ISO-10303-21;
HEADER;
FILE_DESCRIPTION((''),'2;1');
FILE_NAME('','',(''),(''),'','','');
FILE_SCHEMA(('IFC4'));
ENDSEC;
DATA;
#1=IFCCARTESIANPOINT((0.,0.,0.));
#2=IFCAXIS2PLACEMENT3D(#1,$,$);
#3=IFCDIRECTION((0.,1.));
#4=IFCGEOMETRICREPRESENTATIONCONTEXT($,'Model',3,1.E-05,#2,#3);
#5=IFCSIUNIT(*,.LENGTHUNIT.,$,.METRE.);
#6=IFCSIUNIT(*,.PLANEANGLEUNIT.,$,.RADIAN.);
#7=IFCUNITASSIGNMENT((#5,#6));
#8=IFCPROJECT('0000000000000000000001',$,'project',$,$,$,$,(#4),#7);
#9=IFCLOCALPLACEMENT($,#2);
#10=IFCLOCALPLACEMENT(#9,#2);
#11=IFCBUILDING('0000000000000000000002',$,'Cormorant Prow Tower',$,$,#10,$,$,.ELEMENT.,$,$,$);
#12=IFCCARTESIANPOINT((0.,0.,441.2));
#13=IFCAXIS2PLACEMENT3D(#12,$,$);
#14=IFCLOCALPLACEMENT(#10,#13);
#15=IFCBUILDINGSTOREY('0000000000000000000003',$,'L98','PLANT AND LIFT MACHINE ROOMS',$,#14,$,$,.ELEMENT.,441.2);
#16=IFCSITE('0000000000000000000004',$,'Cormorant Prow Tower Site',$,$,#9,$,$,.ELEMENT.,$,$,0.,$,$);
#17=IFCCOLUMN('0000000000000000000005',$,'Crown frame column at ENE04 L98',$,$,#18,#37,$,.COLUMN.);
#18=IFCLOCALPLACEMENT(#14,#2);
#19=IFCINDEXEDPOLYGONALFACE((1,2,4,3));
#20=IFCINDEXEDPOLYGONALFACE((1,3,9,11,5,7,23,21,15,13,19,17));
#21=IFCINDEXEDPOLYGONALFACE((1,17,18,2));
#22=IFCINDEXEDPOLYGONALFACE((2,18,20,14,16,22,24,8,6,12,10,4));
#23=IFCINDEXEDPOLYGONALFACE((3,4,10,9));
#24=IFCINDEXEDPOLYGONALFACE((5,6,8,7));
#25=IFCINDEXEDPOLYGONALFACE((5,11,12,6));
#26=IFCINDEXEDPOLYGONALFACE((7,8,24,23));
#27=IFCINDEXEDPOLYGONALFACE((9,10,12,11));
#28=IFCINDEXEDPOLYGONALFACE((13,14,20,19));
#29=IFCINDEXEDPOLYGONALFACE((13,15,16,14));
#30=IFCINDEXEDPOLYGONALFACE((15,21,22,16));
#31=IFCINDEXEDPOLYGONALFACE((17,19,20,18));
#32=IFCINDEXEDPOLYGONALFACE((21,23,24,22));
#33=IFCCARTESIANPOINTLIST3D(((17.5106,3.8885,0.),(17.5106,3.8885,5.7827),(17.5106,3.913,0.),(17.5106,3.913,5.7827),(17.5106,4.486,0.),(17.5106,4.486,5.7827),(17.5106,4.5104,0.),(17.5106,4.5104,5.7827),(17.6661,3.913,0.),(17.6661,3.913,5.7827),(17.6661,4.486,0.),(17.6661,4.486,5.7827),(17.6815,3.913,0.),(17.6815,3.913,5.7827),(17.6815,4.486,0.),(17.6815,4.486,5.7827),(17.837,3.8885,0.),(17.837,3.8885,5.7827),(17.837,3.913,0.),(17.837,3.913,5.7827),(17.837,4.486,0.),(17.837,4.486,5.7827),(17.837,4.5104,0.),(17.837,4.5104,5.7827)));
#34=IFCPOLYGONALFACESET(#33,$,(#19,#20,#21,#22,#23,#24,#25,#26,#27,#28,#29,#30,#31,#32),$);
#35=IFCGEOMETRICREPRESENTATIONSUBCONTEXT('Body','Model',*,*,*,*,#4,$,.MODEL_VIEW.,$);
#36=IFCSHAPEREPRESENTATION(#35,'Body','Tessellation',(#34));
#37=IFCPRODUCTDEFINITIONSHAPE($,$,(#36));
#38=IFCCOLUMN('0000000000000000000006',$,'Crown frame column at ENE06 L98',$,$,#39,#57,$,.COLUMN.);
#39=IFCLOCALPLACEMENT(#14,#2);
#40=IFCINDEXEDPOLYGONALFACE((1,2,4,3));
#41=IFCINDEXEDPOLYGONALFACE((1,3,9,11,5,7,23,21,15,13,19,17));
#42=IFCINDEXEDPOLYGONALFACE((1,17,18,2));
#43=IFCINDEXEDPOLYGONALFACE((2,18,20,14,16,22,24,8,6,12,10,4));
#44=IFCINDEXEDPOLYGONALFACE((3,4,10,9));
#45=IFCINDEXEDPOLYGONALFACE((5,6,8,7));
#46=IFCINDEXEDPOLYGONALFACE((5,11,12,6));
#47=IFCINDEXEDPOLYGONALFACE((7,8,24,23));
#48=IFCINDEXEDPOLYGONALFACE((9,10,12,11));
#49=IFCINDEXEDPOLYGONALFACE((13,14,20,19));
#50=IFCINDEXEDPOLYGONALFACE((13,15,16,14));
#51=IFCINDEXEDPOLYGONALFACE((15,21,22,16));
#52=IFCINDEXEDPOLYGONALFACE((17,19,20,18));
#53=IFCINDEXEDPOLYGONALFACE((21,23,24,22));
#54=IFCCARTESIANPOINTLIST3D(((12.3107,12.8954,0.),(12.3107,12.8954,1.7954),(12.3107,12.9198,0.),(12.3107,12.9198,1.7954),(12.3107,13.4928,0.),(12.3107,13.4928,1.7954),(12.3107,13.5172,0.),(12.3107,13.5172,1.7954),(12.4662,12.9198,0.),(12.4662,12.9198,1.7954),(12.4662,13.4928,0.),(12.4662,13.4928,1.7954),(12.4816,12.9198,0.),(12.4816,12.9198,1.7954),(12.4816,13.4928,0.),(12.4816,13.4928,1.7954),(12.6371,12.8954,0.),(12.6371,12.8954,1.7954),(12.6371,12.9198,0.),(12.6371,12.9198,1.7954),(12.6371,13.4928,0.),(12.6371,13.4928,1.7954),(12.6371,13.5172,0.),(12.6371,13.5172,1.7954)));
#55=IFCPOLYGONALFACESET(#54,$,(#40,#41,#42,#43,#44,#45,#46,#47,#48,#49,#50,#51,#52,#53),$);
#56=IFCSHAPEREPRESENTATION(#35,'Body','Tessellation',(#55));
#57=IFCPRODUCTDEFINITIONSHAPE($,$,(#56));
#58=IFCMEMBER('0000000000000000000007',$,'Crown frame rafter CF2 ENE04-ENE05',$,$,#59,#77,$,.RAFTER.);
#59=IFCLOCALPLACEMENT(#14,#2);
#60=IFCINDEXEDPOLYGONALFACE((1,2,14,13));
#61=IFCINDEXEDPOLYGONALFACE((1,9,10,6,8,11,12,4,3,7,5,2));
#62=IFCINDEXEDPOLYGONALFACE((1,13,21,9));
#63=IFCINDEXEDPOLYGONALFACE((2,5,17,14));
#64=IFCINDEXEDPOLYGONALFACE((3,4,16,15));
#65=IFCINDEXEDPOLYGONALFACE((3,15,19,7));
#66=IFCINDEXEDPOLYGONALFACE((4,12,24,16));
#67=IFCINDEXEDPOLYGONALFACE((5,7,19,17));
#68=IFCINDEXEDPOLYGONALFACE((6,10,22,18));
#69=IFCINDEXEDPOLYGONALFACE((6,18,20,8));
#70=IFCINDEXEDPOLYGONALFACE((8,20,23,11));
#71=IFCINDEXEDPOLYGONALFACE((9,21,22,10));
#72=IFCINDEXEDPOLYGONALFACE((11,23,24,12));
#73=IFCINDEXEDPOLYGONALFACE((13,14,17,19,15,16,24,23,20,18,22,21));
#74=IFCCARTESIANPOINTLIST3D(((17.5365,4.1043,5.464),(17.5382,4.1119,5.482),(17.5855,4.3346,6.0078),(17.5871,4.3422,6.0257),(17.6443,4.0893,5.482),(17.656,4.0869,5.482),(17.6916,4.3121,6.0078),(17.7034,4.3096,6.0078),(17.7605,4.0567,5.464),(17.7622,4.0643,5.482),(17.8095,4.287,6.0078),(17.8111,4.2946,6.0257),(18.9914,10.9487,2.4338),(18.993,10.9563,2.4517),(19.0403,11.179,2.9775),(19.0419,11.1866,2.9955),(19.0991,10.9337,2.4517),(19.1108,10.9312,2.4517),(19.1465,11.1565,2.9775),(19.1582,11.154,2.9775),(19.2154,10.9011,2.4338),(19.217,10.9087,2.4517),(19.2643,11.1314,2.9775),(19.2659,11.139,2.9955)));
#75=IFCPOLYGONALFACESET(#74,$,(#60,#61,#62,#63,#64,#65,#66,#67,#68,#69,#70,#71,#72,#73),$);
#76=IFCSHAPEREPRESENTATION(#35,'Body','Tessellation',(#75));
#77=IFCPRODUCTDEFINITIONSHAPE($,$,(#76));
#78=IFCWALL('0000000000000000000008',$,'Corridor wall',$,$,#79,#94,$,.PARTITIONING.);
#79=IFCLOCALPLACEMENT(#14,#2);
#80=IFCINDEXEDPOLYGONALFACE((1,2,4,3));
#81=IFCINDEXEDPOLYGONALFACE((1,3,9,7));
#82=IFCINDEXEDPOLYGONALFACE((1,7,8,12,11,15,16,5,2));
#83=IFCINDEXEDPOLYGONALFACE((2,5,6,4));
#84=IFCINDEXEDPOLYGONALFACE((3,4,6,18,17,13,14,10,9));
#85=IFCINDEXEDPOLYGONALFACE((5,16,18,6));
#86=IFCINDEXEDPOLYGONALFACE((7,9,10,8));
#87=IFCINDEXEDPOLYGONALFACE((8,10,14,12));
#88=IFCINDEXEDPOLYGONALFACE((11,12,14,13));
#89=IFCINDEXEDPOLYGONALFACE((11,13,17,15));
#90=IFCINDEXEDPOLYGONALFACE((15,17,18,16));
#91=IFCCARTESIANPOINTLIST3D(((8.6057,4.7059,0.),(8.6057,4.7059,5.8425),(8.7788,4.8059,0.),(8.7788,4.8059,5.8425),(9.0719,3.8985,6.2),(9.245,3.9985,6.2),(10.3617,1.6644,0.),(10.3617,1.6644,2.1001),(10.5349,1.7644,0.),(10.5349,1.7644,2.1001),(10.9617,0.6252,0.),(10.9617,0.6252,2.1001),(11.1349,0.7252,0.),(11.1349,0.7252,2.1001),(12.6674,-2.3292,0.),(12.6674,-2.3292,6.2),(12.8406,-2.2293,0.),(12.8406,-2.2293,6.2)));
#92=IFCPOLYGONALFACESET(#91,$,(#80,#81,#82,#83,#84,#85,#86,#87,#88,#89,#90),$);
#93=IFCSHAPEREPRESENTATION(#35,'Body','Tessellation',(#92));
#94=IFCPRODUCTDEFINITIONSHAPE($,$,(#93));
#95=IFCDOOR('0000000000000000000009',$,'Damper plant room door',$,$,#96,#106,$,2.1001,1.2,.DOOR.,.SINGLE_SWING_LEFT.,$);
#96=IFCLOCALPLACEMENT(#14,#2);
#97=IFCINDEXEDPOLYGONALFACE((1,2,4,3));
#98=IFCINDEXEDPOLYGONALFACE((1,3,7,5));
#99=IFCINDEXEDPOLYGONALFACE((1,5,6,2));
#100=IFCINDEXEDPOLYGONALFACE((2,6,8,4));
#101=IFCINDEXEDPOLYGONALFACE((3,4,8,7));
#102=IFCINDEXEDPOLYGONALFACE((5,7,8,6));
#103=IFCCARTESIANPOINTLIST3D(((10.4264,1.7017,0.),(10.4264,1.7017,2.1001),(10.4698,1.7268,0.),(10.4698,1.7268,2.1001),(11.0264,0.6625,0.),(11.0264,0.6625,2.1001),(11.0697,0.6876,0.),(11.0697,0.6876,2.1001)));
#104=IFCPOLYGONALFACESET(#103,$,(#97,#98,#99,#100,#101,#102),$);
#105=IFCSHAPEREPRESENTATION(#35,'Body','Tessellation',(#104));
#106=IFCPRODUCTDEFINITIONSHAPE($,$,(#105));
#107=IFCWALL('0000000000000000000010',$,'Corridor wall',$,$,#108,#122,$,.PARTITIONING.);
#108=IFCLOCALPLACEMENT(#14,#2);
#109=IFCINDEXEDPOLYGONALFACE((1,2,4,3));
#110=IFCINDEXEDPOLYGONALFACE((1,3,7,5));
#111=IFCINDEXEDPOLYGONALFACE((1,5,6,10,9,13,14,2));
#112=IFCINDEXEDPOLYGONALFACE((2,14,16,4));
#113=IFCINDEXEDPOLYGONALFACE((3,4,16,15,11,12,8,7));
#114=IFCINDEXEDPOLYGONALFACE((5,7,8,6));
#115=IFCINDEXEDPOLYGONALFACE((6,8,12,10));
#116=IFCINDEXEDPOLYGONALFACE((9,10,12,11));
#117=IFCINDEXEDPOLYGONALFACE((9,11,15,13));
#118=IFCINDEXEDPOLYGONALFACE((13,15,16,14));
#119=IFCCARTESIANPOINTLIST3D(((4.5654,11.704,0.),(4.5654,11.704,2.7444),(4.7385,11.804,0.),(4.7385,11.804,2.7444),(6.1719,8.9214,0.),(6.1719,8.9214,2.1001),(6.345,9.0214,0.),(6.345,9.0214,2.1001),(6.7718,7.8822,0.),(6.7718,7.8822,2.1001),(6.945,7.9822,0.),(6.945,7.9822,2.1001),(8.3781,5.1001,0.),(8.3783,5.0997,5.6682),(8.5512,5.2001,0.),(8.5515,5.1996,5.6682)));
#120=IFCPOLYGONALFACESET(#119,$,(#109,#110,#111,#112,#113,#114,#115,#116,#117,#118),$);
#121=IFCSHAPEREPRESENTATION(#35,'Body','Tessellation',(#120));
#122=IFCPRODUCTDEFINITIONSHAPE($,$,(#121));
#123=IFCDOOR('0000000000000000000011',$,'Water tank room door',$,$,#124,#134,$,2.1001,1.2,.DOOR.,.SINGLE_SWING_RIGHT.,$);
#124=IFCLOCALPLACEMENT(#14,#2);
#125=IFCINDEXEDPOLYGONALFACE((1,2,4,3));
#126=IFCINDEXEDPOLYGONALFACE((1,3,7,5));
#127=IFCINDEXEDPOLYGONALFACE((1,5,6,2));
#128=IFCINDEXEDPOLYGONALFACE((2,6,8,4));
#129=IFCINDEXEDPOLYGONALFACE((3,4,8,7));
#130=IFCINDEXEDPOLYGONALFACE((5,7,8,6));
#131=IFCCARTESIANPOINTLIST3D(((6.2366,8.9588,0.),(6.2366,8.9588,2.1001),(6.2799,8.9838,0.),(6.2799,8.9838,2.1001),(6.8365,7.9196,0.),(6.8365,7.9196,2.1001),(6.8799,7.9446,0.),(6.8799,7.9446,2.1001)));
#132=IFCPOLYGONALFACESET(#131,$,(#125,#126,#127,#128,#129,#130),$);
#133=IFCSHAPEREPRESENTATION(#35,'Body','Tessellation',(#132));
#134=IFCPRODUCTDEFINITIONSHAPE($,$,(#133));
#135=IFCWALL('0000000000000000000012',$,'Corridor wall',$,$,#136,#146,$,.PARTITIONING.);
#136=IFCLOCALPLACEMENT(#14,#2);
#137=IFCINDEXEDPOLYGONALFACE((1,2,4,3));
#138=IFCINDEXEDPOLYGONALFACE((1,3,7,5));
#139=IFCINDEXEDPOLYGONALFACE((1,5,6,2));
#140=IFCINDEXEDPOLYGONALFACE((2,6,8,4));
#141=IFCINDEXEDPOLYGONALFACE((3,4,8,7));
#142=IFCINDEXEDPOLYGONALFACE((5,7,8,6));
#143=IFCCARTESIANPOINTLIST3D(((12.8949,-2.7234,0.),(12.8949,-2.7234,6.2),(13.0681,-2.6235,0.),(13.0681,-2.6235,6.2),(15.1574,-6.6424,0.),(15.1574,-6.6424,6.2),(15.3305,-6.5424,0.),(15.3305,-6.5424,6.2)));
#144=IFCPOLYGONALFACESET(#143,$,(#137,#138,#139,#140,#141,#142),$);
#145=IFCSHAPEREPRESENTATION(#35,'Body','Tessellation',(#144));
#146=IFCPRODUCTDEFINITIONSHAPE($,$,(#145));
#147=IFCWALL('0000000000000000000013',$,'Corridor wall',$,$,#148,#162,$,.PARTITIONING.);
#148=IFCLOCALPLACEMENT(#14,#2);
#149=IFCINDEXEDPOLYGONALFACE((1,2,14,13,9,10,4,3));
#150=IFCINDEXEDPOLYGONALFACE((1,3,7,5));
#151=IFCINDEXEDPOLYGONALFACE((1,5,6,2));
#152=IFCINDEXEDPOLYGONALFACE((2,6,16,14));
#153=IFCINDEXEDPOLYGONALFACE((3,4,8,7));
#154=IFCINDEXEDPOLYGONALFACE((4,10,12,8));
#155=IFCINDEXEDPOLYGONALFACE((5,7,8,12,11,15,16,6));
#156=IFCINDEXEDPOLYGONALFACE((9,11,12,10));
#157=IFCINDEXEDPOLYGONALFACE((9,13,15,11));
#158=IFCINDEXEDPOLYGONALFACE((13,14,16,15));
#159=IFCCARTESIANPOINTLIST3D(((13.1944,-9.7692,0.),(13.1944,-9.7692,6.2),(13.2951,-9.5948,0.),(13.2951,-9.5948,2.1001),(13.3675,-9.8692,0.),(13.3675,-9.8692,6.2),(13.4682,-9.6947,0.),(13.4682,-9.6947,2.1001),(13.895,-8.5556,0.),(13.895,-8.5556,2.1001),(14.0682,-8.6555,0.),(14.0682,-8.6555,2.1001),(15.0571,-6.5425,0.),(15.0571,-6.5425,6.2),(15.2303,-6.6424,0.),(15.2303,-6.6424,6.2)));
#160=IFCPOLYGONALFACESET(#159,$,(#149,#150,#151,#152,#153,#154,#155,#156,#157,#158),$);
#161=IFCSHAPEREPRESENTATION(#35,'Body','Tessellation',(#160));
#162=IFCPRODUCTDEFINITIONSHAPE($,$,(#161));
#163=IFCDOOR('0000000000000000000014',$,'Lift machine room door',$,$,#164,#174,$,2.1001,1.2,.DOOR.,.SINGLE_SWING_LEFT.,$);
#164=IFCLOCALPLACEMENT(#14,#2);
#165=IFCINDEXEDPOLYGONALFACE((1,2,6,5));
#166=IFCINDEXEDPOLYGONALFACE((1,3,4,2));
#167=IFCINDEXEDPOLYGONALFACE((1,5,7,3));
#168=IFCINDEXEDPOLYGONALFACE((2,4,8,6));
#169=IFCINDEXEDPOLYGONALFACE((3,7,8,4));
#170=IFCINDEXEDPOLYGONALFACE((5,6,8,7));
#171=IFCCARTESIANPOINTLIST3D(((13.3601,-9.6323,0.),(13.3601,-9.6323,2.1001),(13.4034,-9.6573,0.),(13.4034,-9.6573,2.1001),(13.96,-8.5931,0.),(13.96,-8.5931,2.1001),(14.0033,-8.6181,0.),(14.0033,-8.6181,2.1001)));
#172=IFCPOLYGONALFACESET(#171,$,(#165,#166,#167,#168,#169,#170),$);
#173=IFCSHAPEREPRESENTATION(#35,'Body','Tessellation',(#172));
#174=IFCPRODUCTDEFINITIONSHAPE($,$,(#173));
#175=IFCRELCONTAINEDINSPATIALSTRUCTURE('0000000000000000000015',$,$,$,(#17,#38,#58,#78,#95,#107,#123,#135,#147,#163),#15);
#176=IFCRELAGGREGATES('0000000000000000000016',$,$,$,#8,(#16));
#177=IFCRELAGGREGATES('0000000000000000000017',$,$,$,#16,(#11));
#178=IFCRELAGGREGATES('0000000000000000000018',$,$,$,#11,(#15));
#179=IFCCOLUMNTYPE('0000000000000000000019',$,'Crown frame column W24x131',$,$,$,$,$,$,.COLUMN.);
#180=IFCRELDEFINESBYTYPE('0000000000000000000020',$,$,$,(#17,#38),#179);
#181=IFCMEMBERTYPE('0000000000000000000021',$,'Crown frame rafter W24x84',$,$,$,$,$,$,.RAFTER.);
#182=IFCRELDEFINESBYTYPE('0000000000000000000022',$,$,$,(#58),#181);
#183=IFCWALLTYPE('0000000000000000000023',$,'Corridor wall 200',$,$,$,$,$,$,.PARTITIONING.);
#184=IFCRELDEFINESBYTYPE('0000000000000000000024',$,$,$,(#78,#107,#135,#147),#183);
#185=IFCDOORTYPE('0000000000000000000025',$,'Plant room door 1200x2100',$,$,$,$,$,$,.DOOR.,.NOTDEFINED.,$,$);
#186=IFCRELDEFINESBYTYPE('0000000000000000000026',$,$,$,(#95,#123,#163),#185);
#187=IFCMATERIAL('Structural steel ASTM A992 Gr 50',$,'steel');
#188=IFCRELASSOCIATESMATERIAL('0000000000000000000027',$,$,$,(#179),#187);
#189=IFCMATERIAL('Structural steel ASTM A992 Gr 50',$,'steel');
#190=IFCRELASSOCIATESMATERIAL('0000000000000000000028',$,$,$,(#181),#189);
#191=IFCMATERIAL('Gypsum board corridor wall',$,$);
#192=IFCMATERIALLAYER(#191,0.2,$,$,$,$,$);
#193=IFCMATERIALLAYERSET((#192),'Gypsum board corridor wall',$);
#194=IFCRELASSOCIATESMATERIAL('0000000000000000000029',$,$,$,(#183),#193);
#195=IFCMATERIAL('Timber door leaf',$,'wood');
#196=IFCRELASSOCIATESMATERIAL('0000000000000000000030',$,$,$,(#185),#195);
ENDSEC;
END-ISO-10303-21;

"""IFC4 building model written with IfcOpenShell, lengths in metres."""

from ifc_helpers import new_model, si_unit, direction, frame, frame_2d, origin, origin_2d, place, context, subcontext, project, spatial, polyline, rectangle, i_section, outline, extrude, material, layer, layer_set, material_profile, profile_set, type_object, element, fill, save


model = new_model("IFC4")

# Units and contexts
model_context = context("Model", 3, precision=1e-05, world=origin(), true_north=direction((0.0, 1.0)))
body_context = subcontext(model_context, "Body", "Model", "MODEL_VIEW")
ifc_project = project(units=[si_unit("LENGTHUNIT", "METRE"), si_unit("PLANEANGLEUNIT", "RADIAN")], contexts=[model_context])

# Site, building, storey
site_placement = place(None, origin())
site = spatial("IfcSite", under=ifc_project, at=site_placement, Name="Cormorant Prow Tower Site", CompositionType="ELEMENT", RefElevation=0.0)
building_placement = place(site_placement, origin())
building = spatial("IfcBuilding", under=site, at=building_placement, Name="Cormorant Prow Tower", CompositionType="ELEMENT")
storey_placement = place(building_placement, frame((0.0, 0.0, 441.2)))
storey = spatial("IfcBuildingStorey", under=building, at=storey_placement, Name="L98", Description="PLANT AND LIFT MACHINE ROOMS", CompositionType="ELEMENT", Elevation=441.2)

# Columns
ifc_material_1 = material(Name="Structural steel ASTM A992 Gr 50", Category="steel")
ifc_material_profile_1 = material_profile(ifc_material_1, i_section(OverallWidth=0.3264, OverallDepth=0.6218, WebThickness=0.0154, FlangeThickness=0.0244, at=origin_2d()), Name="W24x131")
ifc_profile_set_1 = profile_set([ifc_material_profile_1], Name="Structural steel ASTM A992 Gr 50")
column_type = type_object("IfcColumnType", Name="Crown frame column W24x131", PredefinedType="COLUMN", material=ifc_profile_set_1)
column_1_placement = place(storey_placement, frame((17.6738, 4.1995, 0.0), z_axis=(0.0, 0.0, 1.0), x_axis=(1.0, 0.0, 0.0)))
element("IfcColumn", 1, at=column_1_placement, inside=storey, type_object=column_type, Name="Crown frame column at ENE04 L98", PredefinedType="COLUMN", context=body_context, shape_type="SweptSolid", body=[
    extrude(i_section(OverallWidth=0.3264, OverallDepth=0.6218, WebThickness=0.0154, FlangeThickness=0.0244, at=origin_2d()), origin(), (0.0, 0.0, 1.0), 5.7827),
])
column_2_placement = place(storey_placement, frame((12.4739, 13.2063, 0.0), z_axis=(0.0, 0.0, 1.0), x_axis=(1.0, 0.0, 0.0)))
element("IfcColumn", 2, at=column_2_placement, inside=storey, type_object=column_type, Name="Crown frame column at ENE06 L98", PredefinedType="COLUMN", context=body_context, shape_type="SweptSolid", body=[
    extrude(i_section(OverallWidth=0.3264, OverallDepth=0.6218, WebThickness=0.0154, FlangeThickness=0.0244, at=origin_2d()), origin(), (0.0, 0.0, 1.0), 1.7954),
])

# Member
ifc_material_2 = material(Name="Structural steel ASTM A992 Gr 50", Category="steel")
ifc_material_profile_2 = material_profile(ifc_material_2, i_section(OverallWidth=0.229, OverallDepth=0.6121, WebThickness=0.012, FlangeThickness=0.0195, at=origin_2d()), Name="W24x84")
ifc_profile_set_2 = profile_set([ifc_material_profile_2], Name="Structural steel ASTM A992 Gr 50")
member_type = type_object("IfcMemberType", Name="Crown frame rafter W24x84", PredefinedType="RAFTER", material=ifc_profile_set_2)
member_placement = place(storey_placement, frame((17.6738, 4.1995, 5.7449), z_axis=(0.190789, 0.897595, -0.397394), x_axis=(-0.978148, 0.207911, 0.0)))
element("IfcMember", 3, at=member_placement, inside=storey, type_object=member_type, Name="Crown frame rafter CF2 ENE04-ENE05", PredefinedType="RAFTER", context=body_context, shape_type="SweptSolid", body=[
    extrude(i_section(OverallWidth=0.229, OverallDepth=0.6121, WebThickness=0.012, FlangeThickness=0.0195, at=origin_2d()), origin(), (0.0, 0.0, 1.0), 7.6252),
])

# Walls, openings, doors
ifc_material_3 = material(Name="Gypsum board corridor wall")
ifc_layer_1 = layer(ifc_material_3, 0.2)
ifc_layer_set_1 = layer_set([ifc_layer_1], Name="Gypsum board corridor wall")
wall_type_1 = type_object("IfcWallType", Name="Corridor wall 200", PredefinedType="PARTITIONING", material=ifc_layer_set_1)
wall_1_placement = place(storey_placement, frame((8.6921, 4.7559, 0.0), z_axis=(0.0, 0.0, 1.0), x_axis=(0.500002, -0.866024, 0.0)))
wall_1 = element("IfcWall", 4, at=wall_1_placement, inside=storey, type_object=wall_type_1, Name="Corridor wall", PredefinedType="PARTITIONING", context=body_context, shape_type="SweptSolid", body=[
    extrude(outline(polyline([(0.0, 0.0), (8.1235, 0.0), (8.1235, 6.2), (0.9324, 6.2), (0.0, 5.8425), (0.0, 0.0)])), frame((0.0, 0.1001, 0.0), z_axis=(0.0, -1.0, 0.0), x_axis=(1.0, 0.0, 0.0)), (0.0, 0.0, 1.0), 0.2),
])
opening_1_placement = place(wall_1_placement, frame((3.512, 0.0, 0.0)))
opening_1 = element("IfcOpeningElement", 5, at=opening_1_placement, cuts=wall_1, PredefinedType="OPENING", context=body_context, shape_type="SweptSolid", body=[
    extrude(rectangle(XDim=1.2, YDim=2.1001, at=frame_2d((0.6001, 1.05))), frame((0.0, 0.1099, 0.0), z_axis=(0.0, -1.0, 0.0), x_axis=(1.0, 0.0, 0.0)), (0.0, 0.0, 1.0), 0.22),
])
ifc_material_4 = material(Name="Timber door leaf", Category="wood")
door_type_1 = type_object("IfcDoorType", Name="Plant room door 1200x2100", OperationType="NOTDEFINED", PredefinedType="DOOR", material=ifc_material_4)
door_1_placement = place(opening_1_placement, origin())
door_1 = element("IfcDoor", 6, at=door_1_placement, inside=storey, type_object=door_type_1, Name="Damper plant room door", OperationType="SINGLE_SWING_LEFT", OverallHeight=2.1001, OverallWidth=1.2, PredefinedType="DOOR", context=body_context, shape_type="SweptSolid", body=[
    extrude(rectangle(XDim=1.2, YDim=2.1001, at=frame_2d((0.6001, 1.05))), frame((0.0, 0.0249, 0.0), z_axis=(0.0, -1.0, 0.0), x_axis=(1.0, 0.0, 0.0)), (0.0, 0.0, 1.0), 0.05),
])
fill(opening_1, door_1)
wall_2_placement = place(storey_placement, frame((4.6519, 11.7539, 0.0), z_axis=(0.0, 0.0, 1.0), x_axis=(0.499992, -0.86603, 0.0)))
wall_2 = element("IfcWall", 7, at=wall_2_placement, inside=storey, type_object=wall_type_1, Name="Corridor wall", PredefinedType="PARTITIONING", context=body_context, shape_type="SweptSolid", body=[
    extrude(outline(polyline([(0.0, 0.0), (7.6255, 0.0), (7.626, 5.6682), (0.0, 2.7444), (0.0, 0.0)])), frame((0.0, 0.1001, 0.0), z_axis=(0.0, -1.0, 0.0), x_axis=(1.0, 0.0, 0.0)), (0.0, 0.0, 1.0), 0.2),
])
opening_2_placement = place(wall_2_placement, frame((3.2129, 0.0, 0.0)))
opening_2 = element("IfcOpeningElement", 8, at=opening_2_placement, cuts=wall_2, PredefinedType="OPENING", context=body_context, shape_type="SweptSolid", body=[
    extrude(rectangle(XDim=1.2, YDim=2.1001, at=frame_2d((0.6001, 1.05))), frame((0.0, 0.1099, 0.0), z_axis=(0.0, -1.0, 0.0), x_axis=(1.0, 0.0, 0.0)), (0.0, 0.0, 1.0), 0.22),
])
door_2_placement = place(opening_2_placement, origin())
door_2 = element("IfcDoor", 9, at=door_2_placement, inside=storey, type_object=door_type_1, Name="Water tank room door", OperationType="SINGLE_SWING_RIGHT", OverallHeight=2.1001, OverallWidth=1.2, PredefinedType="DOOR", context=body_context, shape_type="SweptSolid", body=[
    extrude(rectangle(XDim=1.2, YDim=2.1001, at=frame_2d((0.6001, 1.05))), frame((0.0, 0.0249, 0.0), z_axis=(0.0, -1.0, 0.0), x_axis=(1.0, 0.0, 0.0)), (0.0, 0.0, 1.0), 0.05),
])
fill(opening_2, door_2)

# Wall
wall_3_placement = place(storey_placement, frame((12.9814, -2.6733, 0.0), z_axis=(0.0, 0.0, 1.0), x_axis=(0.499975, -0.86604, 0.0)))
element("IfcWall", 10, at=wall_3_placement, inside=storey, type_object=wall_type_1, Name="Corridor wall", PredefinedType="PARTITIONING", context=body_context, shape_type="SweptSolid", body=[
    extrude(rectangle(XDim=4.5251, YDim=0.2, at=frame_2d((2.2627, 0.0))), origin(), (0.0, 0.0, 1.0), 6.2),
])

# Wall, opening, door
wall_4_placement = place(storey_placement, frame((13.281, -9.8191, 0.0), z_axis=(0.0, 0.0, 1.0), x_axis=(0.499959, 0.866049, 0.0)))
wall_4 = element("IfcWall", 11, at=wall_4_placement, inside=storey, type_object=wall_type_1, Name="Corridor wall", PredefinedType="PARTITIONING", context=body_context, shape_type="SweptSolid", body=[
    extrude(rectangle(XDim=3.7258, YDim=0.2, at=frame_2d((1.8628, 0.0))), origin(), (0.0, 0.0, 1.0), 6.2),
])
opening_3_placement = place(wall_4_placement, frame((0.2012, 0.0, 0.0)))
opening_3 = element("IfcOpeningElement", 12, at=opening_3_placement, cuts=wall_4, PredefinedType="OPENING", context=body_context, shape_type="SweptSolid", body=[
    extrude(rectangle(XDim=1.2, YDim=2.1001, at=frame_2d((0.6001, 1.05))), frame((0.0, 0.1099, 0.0), z_axis=(0.0, -1.0, 0.0), x_axis=(1.0, 0.0, 0.0)), (0.0, 0.0, 1.0), 0.22),
])
door_3_placement = place(opening_3_placement, origin())
door_3 = element("IfcDoor", 13, at=door_3_placement, inside=storey, type_object=door_type_1, Name="Lift machine room door", OperationType="SINGLE_SWING_LEFT", OverallHeight=2.1001, OverallWidth=1.2, PredefinedType="DOOR", context=body_context, shape_type="SweptSolid", body=[
    extrude(rectangle(XDim=1.2, YDim=2.1001, at=frame_2d((0.6001, 1.05))), frame((0.0, 0.0249, 0.0), z_axis=(0.0, -1.0, 0.0), x_axis=(1.0, 0.0, 0.0)), (0.0, 0.0, 1.0), 0.05),
])
fill(opening_3, door_3)

save(model, "model.ifc")
